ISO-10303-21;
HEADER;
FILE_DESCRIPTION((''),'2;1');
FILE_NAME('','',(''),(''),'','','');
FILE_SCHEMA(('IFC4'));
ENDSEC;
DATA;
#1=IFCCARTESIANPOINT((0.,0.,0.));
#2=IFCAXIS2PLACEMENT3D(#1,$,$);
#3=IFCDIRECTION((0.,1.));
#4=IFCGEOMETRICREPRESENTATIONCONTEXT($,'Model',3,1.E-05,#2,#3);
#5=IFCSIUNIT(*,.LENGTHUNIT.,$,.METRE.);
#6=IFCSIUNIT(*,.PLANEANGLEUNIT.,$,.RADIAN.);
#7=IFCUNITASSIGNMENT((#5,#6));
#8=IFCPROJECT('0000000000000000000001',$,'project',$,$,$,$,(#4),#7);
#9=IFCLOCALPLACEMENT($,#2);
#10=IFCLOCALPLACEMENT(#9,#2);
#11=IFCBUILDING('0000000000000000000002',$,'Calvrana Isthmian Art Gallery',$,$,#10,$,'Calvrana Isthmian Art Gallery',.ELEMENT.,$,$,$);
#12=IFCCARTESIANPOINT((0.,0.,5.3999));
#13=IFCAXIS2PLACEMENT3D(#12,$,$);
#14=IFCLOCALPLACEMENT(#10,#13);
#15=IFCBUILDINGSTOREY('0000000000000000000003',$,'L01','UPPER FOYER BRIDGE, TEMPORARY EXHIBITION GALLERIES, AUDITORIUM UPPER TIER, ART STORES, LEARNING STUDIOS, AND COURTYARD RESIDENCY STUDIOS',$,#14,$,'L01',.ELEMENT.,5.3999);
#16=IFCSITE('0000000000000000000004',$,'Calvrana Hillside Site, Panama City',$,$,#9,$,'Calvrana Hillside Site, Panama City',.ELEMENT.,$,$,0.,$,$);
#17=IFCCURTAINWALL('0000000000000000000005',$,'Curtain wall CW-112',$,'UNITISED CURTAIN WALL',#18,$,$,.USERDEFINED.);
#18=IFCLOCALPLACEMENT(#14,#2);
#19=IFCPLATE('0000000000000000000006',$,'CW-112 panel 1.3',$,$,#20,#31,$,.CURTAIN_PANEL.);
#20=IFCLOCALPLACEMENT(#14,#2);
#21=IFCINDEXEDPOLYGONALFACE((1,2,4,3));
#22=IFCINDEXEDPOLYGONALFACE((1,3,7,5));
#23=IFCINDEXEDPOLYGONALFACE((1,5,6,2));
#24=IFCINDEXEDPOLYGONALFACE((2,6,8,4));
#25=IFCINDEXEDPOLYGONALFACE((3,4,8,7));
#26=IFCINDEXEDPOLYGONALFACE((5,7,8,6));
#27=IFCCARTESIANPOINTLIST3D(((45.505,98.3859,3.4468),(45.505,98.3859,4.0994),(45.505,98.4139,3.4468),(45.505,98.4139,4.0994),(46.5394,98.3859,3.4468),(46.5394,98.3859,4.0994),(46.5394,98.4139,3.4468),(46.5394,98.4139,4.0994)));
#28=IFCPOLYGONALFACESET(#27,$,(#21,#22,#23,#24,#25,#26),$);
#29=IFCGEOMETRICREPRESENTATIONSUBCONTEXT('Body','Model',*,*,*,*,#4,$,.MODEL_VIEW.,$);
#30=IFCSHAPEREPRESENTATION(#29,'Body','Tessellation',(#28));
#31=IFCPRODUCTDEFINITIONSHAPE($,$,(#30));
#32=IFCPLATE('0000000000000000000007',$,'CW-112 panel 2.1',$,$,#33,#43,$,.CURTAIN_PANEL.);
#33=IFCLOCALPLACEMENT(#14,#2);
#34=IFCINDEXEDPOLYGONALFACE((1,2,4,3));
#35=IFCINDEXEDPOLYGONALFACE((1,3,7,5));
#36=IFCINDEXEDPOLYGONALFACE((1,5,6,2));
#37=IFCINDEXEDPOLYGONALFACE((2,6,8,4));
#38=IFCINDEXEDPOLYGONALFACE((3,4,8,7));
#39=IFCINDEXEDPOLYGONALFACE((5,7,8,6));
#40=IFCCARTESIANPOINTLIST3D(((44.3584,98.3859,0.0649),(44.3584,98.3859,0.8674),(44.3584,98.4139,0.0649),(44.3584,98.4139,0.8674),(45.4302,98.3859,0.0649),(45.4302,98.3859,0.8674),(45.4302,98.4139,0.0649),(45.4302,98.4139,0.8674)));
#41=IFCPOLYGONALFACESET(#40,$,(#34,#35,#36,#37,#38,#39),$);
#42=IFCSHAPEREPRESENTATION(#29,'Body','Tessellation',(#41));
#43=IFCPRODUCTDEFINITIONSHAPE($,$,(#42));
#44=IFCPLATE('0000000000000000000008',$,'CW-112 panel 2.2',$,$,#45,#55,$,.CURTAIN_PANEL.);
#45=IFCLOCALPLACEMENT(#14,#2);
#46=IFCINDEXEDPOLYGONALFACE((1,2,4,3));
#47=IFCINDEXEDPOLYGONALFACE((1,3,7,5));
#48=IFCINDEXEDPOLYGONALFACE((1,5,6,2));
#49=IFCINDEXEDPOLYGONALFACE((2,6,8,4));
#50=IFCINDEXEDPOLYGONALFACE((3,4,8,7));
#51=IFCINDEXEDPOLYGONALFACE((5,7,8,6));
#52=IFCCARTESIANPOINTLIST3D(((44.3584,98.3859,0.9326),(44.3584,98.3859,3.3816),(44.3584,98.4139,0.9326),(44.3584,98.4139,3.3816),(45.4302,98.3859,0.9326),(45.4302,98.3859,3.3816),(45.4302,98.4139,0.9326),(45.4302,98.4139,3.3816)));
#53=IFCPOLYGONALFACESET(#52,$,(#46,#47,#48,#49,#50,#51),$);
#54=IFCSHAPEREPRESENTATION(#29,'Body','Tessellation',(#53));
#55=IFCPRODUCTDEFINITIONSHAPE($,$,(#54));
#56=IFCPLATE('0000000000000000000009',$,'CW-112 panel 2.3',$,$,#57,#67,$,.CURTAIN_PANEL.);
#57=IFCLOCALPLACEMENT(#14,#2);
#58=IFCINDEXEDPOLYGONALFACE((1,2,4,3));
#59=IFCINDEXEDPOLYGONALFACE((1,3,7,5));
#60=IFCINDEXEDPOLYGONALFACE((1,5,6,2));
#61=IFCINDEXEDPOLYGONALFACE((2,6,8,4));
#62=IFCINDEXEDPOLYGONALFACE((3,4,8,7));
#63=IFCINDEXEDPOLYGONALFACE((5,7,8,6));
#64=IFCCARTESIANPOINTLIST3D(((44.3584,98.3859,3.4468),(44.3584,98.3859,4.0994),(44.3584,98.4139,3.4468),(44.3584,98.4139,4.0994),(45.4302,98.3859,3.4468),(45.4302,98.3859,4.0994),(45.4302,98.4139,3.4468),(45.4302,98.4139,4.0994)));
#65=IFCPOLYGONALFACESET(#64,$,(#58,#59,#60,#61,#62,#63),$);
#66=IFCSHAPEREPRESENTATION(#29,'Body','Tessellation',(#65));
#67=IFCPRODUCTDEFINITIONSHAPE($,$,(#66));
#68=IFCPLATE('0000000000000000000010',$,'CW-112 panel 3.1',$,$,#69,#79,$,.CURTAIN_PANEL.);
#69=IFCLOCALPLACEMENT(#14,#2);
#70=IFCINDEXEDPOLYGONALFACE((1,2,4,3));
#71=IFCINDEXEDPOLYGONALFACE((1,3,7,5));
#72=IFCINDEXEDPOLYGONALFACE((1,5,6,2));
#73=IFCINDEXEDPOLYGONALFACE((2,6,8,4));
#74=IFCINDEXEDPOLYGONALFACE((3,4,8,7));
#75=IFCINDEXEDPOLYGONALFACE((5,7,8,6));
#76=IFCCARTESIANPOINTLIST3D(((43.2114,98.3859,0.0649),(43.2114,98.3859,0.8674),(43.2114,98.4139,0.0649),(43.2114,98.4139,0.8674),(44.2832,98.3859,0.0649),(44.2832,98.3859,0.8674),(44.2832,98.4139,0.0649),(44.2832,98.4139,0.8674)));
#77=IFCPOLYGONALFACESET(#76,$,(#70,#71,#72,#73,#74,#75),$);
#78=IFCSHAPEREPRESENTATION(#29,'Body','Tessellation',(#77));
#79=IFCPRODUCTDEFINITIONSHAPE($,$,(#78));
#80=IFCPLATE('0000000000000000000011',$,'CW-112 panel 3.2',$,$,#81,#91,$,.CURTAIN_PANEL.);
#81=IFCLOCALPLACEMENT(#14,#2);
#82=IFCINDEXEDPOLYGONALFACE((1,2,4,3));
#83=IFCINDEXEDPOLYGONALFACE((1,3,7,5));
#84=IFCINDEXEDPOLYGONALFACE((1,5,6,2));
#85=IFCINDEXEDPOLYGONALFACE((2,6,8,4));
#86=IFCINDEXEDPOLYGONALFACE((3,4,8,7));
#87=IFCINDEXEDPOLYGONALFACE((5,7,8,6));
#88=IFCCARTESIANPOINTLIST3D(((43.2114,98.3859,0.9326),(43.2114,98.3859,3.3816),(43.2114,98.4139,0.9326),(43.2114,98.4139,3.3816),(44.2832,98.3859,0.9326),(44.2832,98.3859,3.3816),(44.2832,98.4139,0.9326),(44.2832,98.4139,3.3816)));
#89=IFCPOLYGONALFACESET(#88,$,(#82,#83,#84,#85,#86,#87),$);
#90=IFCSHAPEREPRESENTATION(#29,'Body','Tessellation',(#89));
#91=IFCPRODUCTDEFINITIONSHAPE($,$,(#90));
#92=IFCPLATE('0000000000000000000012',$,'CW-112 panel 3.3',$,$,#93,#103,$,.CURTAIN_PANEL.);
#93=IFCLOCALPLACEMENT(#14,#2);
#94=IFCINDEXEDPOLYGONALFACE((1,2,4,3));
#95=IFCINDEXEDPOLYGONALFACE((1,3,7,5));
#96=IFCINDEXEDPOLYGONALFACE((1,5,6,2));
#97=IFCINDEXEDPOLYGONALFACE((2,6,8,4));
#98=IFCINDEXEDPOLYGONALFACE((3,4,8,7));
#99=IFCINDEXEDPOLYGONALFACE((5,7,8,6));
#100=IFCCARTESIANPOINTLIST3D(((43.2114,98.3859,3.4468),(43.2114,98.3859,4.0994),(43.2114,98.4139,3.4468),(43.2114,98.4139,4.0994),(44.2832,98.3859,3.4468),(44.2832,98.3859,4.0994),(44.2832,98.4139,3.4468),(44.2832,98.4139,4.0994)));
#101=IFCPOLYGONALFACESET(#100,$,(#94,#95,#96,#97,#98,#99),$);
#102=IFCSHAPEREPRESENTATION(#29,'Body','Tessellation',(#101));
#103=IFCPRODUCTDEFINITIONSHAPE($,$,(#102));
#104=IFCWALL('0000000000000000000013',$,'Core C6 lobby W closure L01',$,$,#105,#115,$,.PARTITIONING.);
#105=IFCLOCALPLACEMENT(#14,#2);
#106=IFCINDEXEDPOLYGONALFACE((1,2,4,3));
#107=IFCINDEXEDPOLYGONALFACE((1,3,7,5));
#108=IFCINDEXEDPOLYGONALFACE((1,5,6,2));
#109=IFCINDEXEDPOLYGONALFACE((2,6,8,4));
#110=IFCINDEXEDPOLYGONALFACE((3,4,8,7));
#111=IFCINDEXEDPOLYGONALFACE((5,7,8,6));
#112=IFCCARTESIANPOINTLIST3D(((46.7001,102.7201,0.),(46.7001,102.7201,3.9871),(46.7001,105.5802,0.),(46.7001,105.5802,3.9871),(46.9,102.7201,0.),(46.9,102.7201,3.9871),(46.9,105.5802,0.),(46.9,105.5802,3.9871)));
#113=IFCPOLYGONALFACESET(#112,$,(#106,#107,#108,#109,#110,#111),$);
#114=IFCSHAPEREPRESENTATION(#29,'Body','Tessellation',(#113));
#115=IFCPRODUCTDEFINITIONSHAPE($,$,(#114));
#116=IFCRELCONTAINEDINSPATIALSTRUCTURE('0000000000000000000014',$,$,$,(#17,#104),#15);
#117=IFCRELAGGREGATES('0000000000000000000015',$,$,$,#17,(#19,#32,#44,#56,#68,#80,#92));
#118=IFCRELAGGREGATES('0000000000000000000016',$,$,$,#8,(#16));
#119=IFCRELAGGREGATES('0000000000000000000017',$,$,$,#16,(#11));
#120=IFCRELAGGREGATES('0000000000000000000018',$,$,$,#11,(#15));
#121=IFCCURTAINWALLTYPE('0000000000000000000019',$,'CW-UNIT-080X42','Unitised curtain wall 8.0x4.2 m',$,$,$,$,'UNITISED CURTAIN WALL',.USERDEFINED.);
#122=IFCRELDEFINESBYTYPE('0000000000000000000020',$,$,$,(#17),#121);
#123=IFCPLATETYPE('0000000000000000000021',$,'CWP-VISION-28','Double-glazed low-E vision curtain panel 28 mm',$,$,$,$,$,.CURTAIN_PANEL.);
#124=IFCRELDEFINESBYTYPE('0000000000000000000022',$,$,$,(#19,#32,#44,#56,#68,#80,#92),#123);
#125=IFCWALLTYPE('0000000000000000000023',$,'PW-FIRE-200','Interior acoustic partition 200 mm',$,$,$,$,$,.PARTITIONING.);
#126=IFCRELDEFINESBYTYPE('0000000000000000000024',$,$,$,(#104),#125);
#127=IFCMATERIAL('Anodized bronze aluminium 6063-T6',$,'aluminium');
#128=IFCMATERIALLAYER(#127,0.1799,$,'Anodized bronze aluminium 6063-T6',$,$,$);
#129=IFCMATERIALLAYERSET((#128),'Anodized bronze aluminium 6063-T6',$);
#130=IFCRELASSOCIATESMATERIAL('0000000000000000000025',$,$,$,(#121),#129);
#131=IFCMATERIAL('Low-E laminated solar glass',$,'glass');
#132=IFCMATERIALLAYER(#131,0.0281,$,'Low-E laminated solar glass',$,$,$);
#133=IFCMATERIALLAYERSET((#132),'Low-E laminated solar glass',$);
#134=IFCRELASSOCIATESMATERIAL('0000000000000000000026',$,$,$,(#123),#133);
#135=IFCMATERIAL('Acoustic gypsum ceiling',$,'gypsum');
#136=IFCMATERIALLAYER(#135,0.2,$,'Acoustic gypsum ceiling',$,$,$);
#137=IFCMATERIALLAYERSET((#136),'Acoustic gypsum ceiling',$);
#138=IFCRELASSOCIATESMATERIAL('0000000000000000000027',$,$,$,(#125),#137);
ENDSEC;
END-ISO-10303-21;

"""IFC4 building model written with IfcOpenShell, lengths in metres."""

from ifc_helpers import new_model, si_unit, direction, frame, frame_2d, origin, origin_2d, place, context, subcontext, project, spatial, rectangle, extrude, material, layer, layer_set, type_object, element, aggregate, save


model = new_model("IFC4")

# Units and contexts
model_context = context("Model", 3, precision=1e-05, world=origin(), true_north=direction((0.0, 1.0)))
body_context = subcontext(model_context, "Body", "Model", "MODEL_VIEW")
ifc_project = project(units=[si_unit("LENGTHUNIT", "METRE"), si_unit("PLANEANGLEUNIT", "RADIAN")], contexts=[model_context])

# Site, building, storey
site_placement = place(None, origin())
site = spatial("IfcSite", under=ifc_project, at=site_placement, Name="Calvrana Hillside Site, Panama City", LongName="Calvrana Hillside Site, Panama City", CompositionType="ELEMENT", RefElevation=0.0)
building_placement = place(site_placement, origin())
building = spatial("IfcBuilding", under=site, at=building_placement, Name="Calvrana Isthmian Art Gallery", LongName="Calvrana Isthmian Art Gallery", CompositionType="ELEMENT")
storey_placement = place(building_placement, frame((0.0, 0.0, 5.3999)))
storey = spatial("IfcBuildingStorey", under=building, at=storey_placement, Name="L01", Description="UPPER FOYER BRIDGE, TEMPORARY EXHIBITION GALLERIES, AUDITORIUM UPPER TIER, ART STORES, LEARNING STUDIOS, AND COURTYARD RESIDENCY STUDIOS", LongName="L01", CompositionType="ELEMENT", Elevation=5.3999)

# Curtain wall, plates
ifc_material_1 = material(Name="Anodized bronze aluminium 6063-T6", Category="aluminium")
ifc_layer_1 = layer(ifc_material_1, 0.1799, Name="Anodized bronze aluminium 6063-T6")
ifc_layer_set_1 = layer_set([ifc_layer_1], Name="Anodized bronze aluminium 6063-T6")
curtain_wall_type = type_object("IfcCurtainWallType", Name="CW-UNIT-080X42", Description="Unitised curtain wall 8.0x4.2 m", ElementType="UNITISED CURTAIN WALL", PredefinedType="USERDEFINED", material=ifc_layer_set_1)
curtain_wall_placement = place(storey_placement, origin())
curtain_wall = element("IfcCurtainWall", 1, at=curtain_wall_placement, inside=storey, type_object=curtain_wall_type, Name="Curtain wall CW-112", ObjectType="UNITISED CURTAIN WALL", PredefinedType="USERDEFINED")
ifc_material_2 = material(Name="Low-E laminated solar glass", Category="glass")
ifc_layer_2 = layer(ifc_material_2, 0.0281, Name="Low-E laminated solar glass")
ifc_layer_set_2 = layer_set([ifc_layer_2], Name="Low-E laminated solar glass")
plate_type = type_object("IfcPlateType", Name="CWP-VISION-28", Description="Double-glazed low-E vision curtain panel 28 mm", PredefinedType="CURTAIN_PANEL", material=ifc_layer_set_2)
plate_1_placement = place(storey_placement, frame((46.0222, 98.3999, 3.4468), z_axis=(0.0, 0.0, 1.0), x_axis=(-1.0, 0.0, 0.0)))
plate_1 = element("IfcPlate", 2, at=plate_1_placement, type_object=plate_type, Name="CW-112 panel 1.3", PredefinedType="CURTAIN_PANEL", context=body_context, shape_type="SweptSolid", body=[
    extrude(rectangle(XDim=1.0344, YDim=0.0281, at=origin_2d()), origin(), (0.0, 0.0, 1.0), 0.6526),
])
plate_2_placement = place(storey_placement, frame((44.8943, 98.3999, 0.0649), z_axis=(0.0, 0.0, 1.0), x_axis=(-1.0, 0.0, 0.0)))
plate_2 = element("IfcPlate", 3, at=plate_2_placement, type_object=plate_type, Name="CW-112 panel 2.1", PredefinedType="CURTAIN_PANEL", context=body_context, shape_type="SweptSolid", body=[
    extrude(rectangle(XDim=1.0718, YDim=0.0281, at=origin_2d()), origin(), (0.0, 0.0, 1.0), 0.8025),
])
plate_3_placement = place(storey_placement, frame((44.8943, 98.3999, 0.9326), z_axis=(0.0, 0.0, 1.0), x_axis=(-1.0, 0.0, 0.0)))
plate_3 = element("IfcPlate", 4, at=plate_3_placement, type_object=plate_type, Name="CW-112 panel 2.2", PredefinedType="CURTAIN_PANEL", context=body_context, shape_type="SweptSolid", body=[
    extrude(rectangle(XDim=1.0718, YDim=0.0281, at=origin_2d()), origin(), (0.0, 0.0, 1.0), 2.449),
])
plate_4_placement = place(storey_placement, frame((44.8943, 98.3999, 3.4468), z_axis=(0.0, 0.0, 1.0), x_axis=(-1.0, 0.0, 0.0)))
plate_4 = element("IfcPlate", 5, at=plate_4_placement, type_object=plate_type, Name="CW-112 panel 2.3", PredefinedType="CURTAIN_PANEL", context=body_context, shape_type="SweptSolid", body=[
    extrude(rectangle(XDim=1.0718, YDim=0.0281, at=origin_2d()), origin(), (0.0, 0.0, 1.0), 0.6526),
])
plate_5_placement = place(storey_placement, frame((43.7473, 98.3999, 0.0649), z_axis=(0.0, 0.0, 1.0), x_axis=(-1.0, 0.0, 0.0)))
plate_5 = element("IfcPlate", 6, at=plate_5_placement, type_object=plate_type, Name="CW-112 panel 3.1", PredefinedType="CURTAIN_PANEL", context=body_context, shape_type="SweptSolid", body=[
    extrude(rectangle(XDim=1.0718, YDim=0.0281, at=origin_2d()), origin(), (0.0, 0.0, 1.0), 0.8025),
])
plate_6_placement = place(storey_placement, frame((43.7473, 98.3999, 0.9326), z_axis=(0.0, 0.0, 1.0), x_axis=(-1.0, 0.0, 0.0)))
plate_6 = element("IfcPlate", 7, at=plate_6_placement, type_object=plate_type, Name="CW-112 panel 3.2", PredefinedType="CURTAIN_PANEL", context=body_context, shape_type="SweptSolid", body=[
    extrude(rectangle(XDim=1.0718, YDim=0.0281, at=origin_2d()), origin(), (0.0, 0.0, 1.0), 2.449),
])
plate_7_placement = place(storey_placement, frame((43.7473, 98.3999, 3.4468), z_axis=(0.0, 0.0, 1.0), x_axis=(-1.0, 0.0, 0.0)))
plate_7 = element("IfcPlate", 8, at=plate_7_placement, type_object=plate_type, Name="CW-112 panel 3.3", PredefinedType="CURTAIN_PANEL", context=body_context, shape_type="SweptSolid", body=[
    extrude(rectangle(XDim=1.0718, YDim=0.0281, at=origin_2d()), origin(), (0.0, 0.0, 1.0), 0.6526),
])
aggregate(curtain_wall, [plate_1, plate_2, plate_3, plate_4, plate_5, plate_6, plate_7])

# Wall
ifc_material_3 = material(Name="Acoustic gypsum ceiling", Category="gypsum")
ifc_layer_3 = layer(ifc_material_3, 0.2, Name="Acoustic gypsum ceiling")
ifc_layer_set_3 = layer_set([ifc_layer_3], Name="Acoustic gypsum ceiling")
wall_type = type_object("IfcWallType", Name="PW-FIRE-200", Description="Interior acoustic partition 200 mm", PredefinedType="PARTITIONING", material=ifc_layer_set_3)
wall_placement = place(storey_placement, frame((46.8, 102.72, 0.0), z_axis=(0.0, 0.0, 1.0), x_axis=(0.0, 1.0, 0.0)))
element("IfcWall", 9, at=wall_placement, inside=storey, type_object=wall_type, Name="Core C6 lobby W closure L01", PredefinedType="PARTITIONING", context=body_context, shape_type="SweptSolid", body=[
    extrude(rectangle(XDim=2.8601, YDim=0.2, at=frame_2d((1.4302, 0.0))), origin(), (0.0, 0.0, 1.0), 3.9871),
])

save(model, "model.ifc")
